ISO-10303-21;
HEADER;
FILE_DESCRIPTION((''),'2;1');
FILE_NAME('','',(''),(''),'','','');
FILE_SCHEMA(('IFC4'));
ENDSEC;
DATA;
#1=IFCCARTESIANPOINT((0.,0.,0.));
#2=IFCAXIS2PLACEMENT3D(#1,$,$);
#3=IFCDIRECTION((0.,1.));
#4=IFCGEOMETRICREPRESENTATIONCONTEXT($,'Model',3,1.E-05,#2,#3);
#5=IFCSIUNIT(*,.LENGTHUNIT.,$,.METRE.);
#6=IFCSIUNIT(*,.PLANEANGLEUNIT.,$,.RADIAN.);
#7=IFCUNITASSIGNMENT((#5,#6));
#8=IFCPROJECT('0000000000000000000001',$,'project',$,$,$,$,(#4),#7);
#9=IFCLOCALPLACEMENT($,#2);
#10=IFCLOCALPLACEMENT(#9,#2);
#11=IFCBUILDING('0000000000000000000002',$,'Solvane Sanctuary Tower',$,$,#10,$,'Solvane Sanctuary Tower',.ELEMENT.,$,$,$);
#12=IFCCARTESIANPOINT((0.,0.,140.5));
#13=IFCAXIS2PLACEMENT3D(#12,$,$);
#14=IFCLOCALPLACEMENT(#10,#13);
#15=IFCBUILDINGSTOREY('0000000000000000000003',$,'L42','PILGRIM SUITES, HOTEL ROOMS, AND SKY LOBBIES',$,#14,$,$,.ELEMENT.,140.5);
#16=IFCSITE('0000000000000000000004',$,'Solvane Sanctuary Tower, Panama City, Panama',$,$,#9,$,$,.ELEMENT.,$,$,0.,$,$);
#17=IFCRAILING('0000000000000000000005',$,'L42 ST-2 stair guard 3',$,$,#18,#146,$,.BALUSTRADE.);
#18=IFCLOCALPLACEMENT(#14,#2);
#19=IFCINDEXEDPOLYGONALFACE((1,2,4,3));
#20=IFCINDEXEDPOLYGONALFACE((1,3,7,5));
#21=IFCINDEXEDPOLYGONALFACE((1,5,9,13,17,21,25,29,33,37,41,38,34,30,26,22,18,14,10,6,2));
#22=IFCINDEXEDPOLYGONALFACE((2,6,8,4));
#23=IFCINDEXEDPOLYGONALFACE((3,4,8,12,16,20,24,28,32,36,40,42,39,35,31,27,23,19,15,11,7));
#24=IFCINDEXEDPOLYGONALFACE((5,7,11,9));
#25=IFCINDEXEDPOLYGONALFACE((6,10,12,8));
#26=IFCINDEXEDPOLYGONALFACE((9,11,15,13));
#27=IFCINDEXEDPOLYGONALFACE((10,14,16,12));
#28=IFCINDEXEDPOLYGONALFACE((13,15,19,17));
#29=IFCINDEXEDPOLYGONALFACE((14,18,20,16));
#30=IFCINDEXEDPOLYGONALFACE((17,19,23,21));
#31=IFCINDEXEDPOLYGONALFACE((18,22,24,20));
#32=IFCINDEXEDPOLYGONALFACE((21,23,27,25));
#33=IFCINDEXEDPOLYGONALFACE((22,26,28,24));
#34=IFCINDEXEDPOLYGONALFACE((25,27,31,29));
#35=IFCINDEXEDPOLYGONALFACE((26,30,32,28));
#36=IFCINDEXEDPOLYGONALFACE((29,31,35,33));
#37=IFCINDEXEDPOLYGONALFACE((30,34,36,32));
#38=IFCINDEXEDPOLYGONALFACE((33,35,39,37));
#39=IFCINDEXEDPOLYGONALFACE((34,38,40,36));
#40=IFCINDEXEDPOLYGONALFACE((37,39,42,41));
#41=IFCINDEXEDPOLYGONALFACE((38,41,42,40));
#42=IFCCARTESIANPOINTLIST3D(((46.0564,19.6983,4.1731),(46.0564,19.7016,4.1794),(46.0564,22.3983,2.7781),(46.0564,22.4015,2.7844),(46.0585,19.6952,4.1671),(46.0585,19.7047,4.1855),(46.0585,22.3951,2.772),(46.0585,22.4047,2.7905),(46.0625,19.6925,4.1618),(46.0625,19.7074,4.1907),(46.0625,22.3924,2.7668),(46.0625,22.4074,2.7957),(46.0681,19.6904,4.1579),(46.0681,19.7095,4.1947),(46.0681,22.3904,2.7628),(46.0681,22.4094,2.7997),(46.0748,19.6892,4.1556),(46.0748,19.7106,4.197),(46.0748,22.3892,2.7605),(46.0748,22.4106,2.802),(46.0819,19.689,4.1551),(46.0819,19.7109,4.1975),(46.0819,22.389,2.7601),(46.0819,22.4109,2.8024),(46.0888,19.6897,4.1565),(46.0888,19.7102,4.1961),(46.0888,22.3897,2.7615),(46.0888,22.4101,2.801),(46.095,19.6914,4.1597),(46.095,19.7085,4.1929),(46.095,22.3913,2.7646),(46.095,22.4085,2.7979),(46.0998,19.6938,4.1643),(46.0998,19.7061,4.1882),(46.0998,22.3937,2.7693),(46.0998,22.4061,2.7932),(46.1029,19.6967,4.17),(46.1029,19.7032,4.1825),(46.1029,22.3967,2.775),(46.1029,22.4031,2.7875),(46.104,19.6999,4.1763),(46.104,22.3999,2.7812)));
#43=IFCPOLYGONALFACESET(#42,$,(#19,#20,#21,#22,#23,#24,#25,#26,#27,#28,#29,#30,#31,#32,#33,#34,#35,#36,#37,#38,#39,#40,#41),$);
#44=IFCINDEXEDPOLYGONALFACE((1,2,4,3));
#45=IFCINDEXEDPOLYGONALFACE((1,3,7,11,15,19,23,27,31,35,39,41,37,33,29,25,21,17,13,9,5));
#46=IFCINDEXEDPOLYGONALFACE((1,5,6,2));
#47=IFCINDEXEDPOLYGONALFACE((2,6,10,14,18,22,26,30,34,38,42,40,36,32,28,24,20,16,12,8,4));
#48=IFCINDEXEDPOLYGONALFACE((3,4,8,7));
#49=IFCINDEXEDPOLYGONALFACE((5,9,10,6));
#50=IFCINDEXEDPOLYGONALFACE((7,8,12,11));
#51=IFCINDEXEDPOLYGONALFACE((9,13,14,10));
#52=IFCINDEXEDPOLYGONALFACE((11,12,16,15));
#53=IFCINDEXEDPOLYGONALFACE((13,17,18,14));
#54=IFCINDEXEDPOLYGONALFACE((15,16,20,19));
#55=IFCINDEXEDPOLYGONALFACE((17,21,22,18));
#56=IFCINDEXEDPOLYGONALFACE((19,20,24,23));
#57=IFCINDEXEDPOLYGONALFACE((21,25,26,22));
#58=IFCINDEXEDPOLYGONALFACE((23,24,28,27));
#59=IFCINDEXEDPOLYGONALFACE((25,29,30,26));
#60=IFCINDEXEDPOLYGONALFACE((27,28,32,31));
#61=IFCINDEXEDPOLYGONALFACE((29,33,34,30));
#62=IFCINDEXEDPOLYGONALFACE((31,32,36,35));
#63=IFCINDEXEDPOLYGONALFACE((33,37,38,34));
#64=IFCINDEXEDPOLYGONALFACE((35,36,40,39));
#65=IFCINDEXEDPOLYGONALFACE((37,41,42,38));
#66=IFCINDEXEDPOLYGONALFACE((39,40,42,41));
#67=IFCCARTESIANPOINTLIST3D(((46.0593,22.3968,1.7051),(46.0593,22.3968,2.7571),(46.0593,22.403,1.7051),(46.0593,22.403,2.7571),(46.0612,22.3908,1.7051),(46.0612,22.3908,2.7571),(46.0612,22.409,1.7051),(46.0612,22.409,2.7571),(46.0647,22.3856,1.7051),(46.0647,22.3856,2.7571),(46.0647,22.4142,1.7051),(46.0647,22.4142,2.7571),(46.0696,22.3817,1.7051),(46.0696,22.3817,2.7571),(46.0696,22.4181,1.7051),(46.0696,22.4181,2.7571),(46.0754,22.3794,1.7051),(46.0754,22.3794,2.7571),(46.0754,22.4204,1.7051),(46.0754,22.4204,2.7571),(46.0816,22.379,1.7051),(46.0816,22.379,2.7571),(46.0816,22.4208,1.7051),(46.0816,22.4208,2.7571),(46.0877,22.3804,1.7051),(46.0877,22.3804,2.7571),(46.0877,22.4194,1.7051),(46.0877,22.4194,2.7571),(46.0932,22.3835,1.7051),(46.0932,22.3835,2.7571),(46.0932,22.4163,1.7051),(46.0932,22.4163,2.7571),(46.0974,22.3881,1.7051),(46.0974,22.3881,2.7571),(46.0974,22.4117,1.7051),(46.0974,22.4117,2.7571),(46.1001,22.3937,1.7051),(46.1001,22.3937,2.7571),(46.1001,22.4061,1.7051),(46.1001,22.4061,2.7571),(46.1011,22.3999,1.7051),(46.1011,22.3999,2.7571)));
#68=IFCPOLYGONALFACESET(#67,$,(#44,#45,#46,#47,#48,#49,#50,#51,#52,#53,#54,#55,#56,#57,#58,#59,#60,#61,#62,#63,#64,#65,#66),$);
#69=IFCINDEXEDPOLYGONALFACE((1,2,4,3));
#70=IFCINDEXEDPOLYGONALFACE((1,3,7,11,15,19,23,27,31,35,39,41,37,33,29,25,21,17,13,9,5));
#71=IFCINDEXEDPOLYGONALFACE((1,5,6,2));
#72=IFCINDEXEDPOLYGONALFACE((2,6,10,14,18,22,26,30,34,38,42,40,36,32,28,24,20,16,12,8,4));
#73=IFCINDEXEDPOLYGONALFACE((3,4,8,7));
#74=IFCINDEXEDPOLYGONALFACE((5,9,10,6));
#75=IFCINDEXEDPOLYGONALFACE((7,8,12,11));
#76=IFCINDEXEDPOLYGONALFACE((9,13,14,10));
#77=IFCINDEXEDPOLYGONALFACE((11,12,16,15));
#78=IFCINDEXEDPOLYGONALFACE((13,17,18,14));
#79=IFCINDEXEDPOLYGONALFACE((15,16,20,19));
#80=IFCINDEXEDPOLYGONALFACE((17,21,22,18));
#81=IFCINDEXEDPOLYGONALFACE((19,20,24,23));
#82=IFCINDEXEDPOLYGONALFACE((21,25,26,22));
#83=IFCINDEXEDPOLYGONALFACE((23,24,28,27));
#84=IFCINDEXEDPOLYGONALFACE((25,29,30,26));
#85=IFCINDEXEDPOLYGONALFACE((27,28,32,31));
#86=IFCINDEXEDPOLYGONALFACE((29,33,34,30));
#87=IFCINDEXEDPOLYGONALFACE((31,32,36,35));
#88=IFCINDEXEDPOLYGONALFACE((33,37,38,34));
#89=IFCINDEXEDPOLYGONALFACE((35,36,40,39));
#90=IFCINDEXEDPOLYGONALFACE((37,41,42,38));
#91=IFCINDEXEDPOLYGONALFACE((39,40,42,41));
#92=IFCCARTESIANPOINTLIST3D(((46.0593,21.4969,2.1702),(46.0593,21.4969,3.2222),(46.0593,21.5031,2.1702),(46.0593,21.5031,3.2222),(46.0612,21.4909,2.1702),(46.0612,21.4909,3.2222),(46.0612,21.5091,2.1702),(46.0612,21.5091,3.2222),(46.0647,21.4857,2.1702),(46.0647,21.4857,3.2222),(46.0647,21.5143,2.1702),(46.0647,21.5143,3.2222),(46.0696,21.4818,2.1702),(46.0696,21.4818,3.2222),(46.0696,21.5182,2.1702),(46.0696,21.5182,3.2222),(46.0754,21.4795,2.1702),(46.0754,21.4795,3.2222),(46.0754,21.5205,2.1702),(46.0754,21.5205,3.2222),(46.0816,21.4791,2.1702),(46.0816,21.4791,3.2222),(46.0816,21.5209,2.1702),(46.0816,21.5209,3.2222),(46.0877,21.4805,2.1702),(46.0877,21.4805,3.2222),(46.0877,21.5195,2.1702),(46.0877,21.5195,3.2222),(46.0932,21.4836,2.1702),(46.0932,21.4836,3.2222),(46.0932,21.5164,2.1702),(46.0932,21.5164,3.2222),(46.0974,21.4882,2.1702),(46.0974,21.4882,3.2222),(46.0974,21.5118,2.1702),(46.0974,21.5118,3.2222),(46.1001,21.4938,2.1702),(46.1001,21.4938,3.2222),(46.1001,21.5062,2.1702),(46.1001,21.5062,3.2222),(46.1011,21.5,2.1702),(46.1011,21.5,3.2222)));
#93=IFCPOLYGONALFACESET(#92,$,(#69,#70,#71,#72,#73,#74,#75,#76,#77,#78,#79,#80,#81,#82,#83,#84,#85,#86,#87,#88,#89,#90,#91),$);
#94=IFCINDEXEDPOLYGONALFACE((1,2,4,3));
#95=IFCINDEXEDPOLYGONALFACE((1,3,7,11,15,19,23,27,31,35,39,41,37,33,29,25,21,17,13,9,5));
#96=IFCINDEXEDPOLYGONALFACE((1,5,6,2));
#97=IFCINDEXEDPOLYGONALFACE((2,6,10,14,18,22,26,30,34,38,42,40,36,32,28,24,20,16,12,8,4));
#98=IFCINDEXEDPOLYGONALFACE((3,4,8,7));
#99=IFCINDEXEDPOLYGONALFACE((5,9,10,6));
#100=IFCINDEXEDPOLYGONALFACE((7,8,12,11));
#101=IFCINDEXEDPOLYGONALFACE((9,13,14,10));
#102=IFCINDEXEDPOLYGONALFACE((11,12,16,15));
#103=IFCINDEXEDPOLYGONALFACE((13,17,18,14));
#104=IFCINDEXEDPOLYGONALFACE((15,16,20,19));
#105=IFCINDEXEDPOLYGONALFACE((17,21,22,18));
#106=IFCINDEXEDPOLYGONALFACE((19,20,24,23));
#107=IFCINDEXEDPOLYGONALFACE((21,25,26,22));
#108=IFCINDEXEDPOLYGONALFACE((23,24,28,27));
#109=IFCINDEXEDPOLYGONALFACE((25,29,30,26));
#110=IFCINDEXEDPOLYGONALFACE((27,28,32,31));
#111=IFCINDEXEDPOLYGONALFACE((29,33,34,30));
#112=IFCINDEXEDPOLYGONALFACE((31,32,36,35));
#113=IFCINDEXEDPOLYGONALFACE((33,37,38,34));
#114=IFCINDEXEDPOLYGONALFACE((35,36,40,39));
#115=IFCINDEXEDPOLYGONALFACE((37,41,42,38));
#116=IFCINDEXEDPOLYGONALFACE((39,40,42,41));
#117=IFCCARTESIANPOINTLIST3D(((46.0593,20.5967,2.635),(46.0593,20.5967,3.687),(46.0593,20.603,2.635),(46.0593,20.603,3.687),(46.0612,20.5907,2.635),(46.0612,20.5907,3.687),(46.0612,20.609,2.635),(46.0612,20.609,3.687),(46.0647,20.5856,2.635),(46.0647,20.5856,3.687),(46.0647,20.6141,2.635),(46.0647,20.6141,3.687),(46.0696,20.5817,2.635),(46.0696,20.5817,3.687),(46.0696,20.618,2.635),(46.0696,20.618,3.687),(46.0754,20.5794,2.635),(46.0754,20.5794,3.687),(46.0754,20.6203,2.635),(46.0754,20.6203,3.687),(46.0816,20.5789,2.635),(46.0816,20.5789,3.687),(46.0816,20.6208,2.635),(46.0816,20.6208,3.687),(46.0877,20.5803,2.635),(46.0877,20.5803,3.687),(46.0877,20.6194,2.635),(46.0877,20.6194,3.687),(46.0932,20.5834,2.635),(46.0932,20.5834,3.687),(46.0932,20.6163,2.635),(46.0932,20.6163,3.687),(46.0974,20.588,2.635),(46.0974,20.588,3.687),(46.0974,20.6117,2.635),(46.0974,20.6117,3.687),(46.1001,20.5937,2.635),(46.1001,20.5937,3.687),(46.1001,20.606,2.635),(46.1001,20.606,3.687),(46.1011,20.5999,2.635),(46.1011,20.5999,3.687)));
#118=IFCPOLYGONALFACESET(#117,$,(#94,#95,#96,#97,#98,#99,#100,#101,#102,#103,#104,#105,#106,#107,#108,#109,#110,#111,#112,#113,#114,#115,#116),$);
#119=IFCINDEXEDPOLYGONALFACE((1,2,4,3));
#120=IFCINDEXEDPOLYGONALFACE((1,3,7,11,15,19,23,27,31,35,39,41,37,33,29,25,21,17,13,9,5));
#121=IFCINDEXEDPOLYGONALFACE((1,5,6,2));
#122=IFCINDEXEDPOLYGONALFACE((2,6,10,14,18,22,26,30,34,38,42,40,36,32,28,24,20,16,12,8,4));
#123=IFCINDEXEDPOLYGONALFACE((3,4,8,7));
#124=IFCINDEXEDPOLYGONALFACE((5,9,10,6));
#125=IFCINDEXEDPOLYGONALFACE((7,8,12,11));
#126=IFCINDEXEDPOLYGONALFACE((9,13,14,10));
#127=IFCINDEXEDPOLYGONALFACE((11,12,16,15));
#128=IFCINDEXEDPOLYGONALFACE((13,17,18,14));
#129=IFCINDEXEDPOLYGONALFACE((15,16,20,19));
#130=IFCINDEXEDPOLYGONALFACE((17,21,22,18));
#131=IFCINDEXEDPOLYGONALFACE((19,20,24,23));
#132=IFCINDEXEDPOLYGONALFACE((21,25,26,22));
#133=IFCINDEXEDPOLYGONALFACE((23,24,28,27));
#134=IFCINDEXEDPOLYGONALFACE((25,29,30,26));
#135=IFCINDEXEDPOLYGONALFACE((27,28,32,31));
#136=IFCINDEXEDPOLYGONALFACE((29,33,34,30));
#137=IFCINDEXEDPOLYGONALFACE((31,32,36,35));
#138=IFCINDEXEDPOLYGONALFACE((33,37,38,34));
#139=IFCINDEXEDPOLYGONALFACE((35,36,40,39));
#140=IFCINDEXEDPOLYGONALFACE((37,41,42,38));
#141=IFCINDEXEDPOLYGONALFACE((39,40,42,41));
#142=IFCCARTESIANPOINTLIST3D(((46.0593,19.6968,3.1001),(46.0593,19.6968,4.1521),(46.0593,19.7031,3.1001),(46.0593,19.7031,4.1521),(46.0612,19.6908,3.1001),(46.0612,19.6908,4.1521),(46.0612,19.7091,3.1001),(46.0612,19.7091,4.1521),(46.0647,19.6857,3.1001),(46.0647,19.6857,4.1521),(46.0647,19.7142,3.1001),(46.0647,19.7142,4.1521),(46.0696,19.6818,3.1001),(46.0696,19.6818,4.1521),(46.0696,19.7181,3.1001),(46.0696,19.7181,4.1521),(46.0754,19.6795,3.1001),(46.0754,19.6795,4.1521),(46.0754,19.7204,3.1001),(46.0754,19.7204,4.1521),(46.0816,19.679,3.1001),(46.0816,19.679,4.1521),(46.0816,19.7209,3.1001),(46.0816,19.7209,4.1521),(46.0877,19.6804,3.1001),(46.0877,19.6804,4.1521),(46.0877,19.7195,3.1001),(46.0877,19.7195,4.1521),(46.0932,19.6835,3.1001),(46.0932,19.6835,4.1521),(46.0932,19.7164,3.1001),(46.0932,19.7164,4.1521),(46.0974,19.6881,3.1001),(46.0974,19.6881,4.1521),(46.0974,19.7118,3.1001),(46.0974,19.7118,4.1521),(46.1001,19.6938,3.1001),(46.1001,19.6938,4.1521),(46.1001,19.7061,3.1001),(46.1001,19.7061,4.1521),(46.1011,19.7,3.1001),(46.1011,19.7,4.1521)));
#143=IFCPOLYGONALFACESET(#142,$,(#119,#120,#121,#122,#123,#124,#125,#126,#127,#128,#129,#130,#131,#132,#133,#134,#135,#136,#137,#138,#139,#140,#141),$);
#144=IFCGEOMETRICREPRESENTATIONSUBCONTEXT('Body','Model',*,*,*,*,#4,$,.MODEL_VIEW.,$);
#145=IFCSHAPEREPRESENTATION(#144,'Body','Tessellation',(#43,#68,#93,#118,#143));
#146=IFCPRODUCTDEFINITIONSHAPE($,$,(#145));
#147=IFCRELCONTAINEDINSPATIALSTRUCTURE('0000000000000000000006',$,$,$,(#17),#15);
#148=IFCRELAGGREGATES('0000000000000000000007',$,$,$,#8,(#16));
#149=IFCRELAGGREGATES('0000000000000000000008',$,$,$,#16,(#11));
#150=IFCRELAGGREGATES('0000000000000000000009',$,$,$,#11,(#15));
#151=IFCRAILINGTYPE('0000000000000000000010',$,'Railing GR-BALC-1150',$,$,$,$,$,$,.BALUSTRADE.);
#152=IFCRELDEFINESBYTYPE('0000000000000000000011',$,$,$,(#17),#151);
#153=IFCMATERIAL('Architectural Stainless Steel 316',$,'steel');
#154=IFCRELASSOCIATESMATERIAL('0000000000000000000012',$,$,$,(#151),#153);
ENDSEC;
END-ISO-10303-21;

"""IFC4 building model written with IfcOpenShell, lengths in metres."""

from ifc_helpers import new_model, si_unit, direction, frame, origin, origin_2d, place, context, subcontext, project, spatial, circle, extrude, material, type_object, element, save


model = new_model("IFC4")

# Units and contexts
model_context = context("Model", 3, precision=1e-05, world=origin(), true_north=direction((0.0, 1.0)))
body_context = subcontext(model_context, "Body", "Model", "MODEL_VIEW")
ifc_project = project(units=[si_unit("LENGTHUNIT", "METRE"), si_unit("PLANEANGLEUNIT", "RADIAN")], contexts=[model_context])

# Site, building, storey
site_placement = place(None, origin())
site = spatial("IfcSite", under=ifc_project, at=site_placement, Name="Solvane Sanctuary Tower, Panama City, Panama", CompositionType="ELEMENT", RefElevation=0.0)
building_placement = place(site_placement, origin())
building = spatial("IfcBuilding", under=site, at=building_placement, Name="Solvane Sanctuary Tower", LongName="Solvane Sanctuary Tower", CompositionType="ELEMENT")
storey_placement = place(building_placement, frame((0.0, 0.0, 140.5)))
storey = spatial("IfcBuildingStorey", under=building, at=storey_placement, Name="L42", Description="PILGRIM SUITES, HOTEL ROOMS, AND SKY LOBBIES", CompositionType="ELEMENT", Elevation=140.5)

# Shared definitions
ifc_material_1 = material(Name="Architectural Stainless Steel 316", Category="steel")

# Railing
railing_type_1 = type_object("IfcRailingType", Name="Railing GR-BALC-1150", PredefinedType="BALUSTRADE", material=ifc_material_1)
railing_1_placement = place(storey_placement, frame((46.0801, 22.3999, 1.7051)))
element("IfcRailing", 1, at=railing_1_placement, inside=storey, type_object=railing_type_1, Name="L42 ST-2 stair guard 3", PredefinedType="BALUSTRADE", context=body_context, shape_type="SweptSolid", body=[
    extrude(circle(Radius=0.0239, at=origin_2d()), frame((0.0, 0.0, 1.0762), z_axis=(0.0, -0.88842, 0.459032), x_axis=(1.0, 0.0, 0.0)), (0.0, 0.0, 1.0), 3.0391),
    extrude(circle(Radius=0.021, at=origin_2d()), origin(), (0.0, 0.0, 1.0), 1.052),
    extrude(circle(Radius=0.021, at=origin_2d()), frame((0.0, -0.8999, 0.4651)), (0.0, 0.0, 1.0), 1.052),
    extrude(circle(Radius=0.021, at=origin_2d()), frame((0.0, -1.8, 0.9299)), (0.0, 0.0, 1.0), 1.052),
    extrude(circle(Radius=0.021, at=origin_2d()), frame((0.0, -2.7, 1.395)), (0.0, 0.0, 1.0), 1.052),
])

save(model, "model.ifc")
